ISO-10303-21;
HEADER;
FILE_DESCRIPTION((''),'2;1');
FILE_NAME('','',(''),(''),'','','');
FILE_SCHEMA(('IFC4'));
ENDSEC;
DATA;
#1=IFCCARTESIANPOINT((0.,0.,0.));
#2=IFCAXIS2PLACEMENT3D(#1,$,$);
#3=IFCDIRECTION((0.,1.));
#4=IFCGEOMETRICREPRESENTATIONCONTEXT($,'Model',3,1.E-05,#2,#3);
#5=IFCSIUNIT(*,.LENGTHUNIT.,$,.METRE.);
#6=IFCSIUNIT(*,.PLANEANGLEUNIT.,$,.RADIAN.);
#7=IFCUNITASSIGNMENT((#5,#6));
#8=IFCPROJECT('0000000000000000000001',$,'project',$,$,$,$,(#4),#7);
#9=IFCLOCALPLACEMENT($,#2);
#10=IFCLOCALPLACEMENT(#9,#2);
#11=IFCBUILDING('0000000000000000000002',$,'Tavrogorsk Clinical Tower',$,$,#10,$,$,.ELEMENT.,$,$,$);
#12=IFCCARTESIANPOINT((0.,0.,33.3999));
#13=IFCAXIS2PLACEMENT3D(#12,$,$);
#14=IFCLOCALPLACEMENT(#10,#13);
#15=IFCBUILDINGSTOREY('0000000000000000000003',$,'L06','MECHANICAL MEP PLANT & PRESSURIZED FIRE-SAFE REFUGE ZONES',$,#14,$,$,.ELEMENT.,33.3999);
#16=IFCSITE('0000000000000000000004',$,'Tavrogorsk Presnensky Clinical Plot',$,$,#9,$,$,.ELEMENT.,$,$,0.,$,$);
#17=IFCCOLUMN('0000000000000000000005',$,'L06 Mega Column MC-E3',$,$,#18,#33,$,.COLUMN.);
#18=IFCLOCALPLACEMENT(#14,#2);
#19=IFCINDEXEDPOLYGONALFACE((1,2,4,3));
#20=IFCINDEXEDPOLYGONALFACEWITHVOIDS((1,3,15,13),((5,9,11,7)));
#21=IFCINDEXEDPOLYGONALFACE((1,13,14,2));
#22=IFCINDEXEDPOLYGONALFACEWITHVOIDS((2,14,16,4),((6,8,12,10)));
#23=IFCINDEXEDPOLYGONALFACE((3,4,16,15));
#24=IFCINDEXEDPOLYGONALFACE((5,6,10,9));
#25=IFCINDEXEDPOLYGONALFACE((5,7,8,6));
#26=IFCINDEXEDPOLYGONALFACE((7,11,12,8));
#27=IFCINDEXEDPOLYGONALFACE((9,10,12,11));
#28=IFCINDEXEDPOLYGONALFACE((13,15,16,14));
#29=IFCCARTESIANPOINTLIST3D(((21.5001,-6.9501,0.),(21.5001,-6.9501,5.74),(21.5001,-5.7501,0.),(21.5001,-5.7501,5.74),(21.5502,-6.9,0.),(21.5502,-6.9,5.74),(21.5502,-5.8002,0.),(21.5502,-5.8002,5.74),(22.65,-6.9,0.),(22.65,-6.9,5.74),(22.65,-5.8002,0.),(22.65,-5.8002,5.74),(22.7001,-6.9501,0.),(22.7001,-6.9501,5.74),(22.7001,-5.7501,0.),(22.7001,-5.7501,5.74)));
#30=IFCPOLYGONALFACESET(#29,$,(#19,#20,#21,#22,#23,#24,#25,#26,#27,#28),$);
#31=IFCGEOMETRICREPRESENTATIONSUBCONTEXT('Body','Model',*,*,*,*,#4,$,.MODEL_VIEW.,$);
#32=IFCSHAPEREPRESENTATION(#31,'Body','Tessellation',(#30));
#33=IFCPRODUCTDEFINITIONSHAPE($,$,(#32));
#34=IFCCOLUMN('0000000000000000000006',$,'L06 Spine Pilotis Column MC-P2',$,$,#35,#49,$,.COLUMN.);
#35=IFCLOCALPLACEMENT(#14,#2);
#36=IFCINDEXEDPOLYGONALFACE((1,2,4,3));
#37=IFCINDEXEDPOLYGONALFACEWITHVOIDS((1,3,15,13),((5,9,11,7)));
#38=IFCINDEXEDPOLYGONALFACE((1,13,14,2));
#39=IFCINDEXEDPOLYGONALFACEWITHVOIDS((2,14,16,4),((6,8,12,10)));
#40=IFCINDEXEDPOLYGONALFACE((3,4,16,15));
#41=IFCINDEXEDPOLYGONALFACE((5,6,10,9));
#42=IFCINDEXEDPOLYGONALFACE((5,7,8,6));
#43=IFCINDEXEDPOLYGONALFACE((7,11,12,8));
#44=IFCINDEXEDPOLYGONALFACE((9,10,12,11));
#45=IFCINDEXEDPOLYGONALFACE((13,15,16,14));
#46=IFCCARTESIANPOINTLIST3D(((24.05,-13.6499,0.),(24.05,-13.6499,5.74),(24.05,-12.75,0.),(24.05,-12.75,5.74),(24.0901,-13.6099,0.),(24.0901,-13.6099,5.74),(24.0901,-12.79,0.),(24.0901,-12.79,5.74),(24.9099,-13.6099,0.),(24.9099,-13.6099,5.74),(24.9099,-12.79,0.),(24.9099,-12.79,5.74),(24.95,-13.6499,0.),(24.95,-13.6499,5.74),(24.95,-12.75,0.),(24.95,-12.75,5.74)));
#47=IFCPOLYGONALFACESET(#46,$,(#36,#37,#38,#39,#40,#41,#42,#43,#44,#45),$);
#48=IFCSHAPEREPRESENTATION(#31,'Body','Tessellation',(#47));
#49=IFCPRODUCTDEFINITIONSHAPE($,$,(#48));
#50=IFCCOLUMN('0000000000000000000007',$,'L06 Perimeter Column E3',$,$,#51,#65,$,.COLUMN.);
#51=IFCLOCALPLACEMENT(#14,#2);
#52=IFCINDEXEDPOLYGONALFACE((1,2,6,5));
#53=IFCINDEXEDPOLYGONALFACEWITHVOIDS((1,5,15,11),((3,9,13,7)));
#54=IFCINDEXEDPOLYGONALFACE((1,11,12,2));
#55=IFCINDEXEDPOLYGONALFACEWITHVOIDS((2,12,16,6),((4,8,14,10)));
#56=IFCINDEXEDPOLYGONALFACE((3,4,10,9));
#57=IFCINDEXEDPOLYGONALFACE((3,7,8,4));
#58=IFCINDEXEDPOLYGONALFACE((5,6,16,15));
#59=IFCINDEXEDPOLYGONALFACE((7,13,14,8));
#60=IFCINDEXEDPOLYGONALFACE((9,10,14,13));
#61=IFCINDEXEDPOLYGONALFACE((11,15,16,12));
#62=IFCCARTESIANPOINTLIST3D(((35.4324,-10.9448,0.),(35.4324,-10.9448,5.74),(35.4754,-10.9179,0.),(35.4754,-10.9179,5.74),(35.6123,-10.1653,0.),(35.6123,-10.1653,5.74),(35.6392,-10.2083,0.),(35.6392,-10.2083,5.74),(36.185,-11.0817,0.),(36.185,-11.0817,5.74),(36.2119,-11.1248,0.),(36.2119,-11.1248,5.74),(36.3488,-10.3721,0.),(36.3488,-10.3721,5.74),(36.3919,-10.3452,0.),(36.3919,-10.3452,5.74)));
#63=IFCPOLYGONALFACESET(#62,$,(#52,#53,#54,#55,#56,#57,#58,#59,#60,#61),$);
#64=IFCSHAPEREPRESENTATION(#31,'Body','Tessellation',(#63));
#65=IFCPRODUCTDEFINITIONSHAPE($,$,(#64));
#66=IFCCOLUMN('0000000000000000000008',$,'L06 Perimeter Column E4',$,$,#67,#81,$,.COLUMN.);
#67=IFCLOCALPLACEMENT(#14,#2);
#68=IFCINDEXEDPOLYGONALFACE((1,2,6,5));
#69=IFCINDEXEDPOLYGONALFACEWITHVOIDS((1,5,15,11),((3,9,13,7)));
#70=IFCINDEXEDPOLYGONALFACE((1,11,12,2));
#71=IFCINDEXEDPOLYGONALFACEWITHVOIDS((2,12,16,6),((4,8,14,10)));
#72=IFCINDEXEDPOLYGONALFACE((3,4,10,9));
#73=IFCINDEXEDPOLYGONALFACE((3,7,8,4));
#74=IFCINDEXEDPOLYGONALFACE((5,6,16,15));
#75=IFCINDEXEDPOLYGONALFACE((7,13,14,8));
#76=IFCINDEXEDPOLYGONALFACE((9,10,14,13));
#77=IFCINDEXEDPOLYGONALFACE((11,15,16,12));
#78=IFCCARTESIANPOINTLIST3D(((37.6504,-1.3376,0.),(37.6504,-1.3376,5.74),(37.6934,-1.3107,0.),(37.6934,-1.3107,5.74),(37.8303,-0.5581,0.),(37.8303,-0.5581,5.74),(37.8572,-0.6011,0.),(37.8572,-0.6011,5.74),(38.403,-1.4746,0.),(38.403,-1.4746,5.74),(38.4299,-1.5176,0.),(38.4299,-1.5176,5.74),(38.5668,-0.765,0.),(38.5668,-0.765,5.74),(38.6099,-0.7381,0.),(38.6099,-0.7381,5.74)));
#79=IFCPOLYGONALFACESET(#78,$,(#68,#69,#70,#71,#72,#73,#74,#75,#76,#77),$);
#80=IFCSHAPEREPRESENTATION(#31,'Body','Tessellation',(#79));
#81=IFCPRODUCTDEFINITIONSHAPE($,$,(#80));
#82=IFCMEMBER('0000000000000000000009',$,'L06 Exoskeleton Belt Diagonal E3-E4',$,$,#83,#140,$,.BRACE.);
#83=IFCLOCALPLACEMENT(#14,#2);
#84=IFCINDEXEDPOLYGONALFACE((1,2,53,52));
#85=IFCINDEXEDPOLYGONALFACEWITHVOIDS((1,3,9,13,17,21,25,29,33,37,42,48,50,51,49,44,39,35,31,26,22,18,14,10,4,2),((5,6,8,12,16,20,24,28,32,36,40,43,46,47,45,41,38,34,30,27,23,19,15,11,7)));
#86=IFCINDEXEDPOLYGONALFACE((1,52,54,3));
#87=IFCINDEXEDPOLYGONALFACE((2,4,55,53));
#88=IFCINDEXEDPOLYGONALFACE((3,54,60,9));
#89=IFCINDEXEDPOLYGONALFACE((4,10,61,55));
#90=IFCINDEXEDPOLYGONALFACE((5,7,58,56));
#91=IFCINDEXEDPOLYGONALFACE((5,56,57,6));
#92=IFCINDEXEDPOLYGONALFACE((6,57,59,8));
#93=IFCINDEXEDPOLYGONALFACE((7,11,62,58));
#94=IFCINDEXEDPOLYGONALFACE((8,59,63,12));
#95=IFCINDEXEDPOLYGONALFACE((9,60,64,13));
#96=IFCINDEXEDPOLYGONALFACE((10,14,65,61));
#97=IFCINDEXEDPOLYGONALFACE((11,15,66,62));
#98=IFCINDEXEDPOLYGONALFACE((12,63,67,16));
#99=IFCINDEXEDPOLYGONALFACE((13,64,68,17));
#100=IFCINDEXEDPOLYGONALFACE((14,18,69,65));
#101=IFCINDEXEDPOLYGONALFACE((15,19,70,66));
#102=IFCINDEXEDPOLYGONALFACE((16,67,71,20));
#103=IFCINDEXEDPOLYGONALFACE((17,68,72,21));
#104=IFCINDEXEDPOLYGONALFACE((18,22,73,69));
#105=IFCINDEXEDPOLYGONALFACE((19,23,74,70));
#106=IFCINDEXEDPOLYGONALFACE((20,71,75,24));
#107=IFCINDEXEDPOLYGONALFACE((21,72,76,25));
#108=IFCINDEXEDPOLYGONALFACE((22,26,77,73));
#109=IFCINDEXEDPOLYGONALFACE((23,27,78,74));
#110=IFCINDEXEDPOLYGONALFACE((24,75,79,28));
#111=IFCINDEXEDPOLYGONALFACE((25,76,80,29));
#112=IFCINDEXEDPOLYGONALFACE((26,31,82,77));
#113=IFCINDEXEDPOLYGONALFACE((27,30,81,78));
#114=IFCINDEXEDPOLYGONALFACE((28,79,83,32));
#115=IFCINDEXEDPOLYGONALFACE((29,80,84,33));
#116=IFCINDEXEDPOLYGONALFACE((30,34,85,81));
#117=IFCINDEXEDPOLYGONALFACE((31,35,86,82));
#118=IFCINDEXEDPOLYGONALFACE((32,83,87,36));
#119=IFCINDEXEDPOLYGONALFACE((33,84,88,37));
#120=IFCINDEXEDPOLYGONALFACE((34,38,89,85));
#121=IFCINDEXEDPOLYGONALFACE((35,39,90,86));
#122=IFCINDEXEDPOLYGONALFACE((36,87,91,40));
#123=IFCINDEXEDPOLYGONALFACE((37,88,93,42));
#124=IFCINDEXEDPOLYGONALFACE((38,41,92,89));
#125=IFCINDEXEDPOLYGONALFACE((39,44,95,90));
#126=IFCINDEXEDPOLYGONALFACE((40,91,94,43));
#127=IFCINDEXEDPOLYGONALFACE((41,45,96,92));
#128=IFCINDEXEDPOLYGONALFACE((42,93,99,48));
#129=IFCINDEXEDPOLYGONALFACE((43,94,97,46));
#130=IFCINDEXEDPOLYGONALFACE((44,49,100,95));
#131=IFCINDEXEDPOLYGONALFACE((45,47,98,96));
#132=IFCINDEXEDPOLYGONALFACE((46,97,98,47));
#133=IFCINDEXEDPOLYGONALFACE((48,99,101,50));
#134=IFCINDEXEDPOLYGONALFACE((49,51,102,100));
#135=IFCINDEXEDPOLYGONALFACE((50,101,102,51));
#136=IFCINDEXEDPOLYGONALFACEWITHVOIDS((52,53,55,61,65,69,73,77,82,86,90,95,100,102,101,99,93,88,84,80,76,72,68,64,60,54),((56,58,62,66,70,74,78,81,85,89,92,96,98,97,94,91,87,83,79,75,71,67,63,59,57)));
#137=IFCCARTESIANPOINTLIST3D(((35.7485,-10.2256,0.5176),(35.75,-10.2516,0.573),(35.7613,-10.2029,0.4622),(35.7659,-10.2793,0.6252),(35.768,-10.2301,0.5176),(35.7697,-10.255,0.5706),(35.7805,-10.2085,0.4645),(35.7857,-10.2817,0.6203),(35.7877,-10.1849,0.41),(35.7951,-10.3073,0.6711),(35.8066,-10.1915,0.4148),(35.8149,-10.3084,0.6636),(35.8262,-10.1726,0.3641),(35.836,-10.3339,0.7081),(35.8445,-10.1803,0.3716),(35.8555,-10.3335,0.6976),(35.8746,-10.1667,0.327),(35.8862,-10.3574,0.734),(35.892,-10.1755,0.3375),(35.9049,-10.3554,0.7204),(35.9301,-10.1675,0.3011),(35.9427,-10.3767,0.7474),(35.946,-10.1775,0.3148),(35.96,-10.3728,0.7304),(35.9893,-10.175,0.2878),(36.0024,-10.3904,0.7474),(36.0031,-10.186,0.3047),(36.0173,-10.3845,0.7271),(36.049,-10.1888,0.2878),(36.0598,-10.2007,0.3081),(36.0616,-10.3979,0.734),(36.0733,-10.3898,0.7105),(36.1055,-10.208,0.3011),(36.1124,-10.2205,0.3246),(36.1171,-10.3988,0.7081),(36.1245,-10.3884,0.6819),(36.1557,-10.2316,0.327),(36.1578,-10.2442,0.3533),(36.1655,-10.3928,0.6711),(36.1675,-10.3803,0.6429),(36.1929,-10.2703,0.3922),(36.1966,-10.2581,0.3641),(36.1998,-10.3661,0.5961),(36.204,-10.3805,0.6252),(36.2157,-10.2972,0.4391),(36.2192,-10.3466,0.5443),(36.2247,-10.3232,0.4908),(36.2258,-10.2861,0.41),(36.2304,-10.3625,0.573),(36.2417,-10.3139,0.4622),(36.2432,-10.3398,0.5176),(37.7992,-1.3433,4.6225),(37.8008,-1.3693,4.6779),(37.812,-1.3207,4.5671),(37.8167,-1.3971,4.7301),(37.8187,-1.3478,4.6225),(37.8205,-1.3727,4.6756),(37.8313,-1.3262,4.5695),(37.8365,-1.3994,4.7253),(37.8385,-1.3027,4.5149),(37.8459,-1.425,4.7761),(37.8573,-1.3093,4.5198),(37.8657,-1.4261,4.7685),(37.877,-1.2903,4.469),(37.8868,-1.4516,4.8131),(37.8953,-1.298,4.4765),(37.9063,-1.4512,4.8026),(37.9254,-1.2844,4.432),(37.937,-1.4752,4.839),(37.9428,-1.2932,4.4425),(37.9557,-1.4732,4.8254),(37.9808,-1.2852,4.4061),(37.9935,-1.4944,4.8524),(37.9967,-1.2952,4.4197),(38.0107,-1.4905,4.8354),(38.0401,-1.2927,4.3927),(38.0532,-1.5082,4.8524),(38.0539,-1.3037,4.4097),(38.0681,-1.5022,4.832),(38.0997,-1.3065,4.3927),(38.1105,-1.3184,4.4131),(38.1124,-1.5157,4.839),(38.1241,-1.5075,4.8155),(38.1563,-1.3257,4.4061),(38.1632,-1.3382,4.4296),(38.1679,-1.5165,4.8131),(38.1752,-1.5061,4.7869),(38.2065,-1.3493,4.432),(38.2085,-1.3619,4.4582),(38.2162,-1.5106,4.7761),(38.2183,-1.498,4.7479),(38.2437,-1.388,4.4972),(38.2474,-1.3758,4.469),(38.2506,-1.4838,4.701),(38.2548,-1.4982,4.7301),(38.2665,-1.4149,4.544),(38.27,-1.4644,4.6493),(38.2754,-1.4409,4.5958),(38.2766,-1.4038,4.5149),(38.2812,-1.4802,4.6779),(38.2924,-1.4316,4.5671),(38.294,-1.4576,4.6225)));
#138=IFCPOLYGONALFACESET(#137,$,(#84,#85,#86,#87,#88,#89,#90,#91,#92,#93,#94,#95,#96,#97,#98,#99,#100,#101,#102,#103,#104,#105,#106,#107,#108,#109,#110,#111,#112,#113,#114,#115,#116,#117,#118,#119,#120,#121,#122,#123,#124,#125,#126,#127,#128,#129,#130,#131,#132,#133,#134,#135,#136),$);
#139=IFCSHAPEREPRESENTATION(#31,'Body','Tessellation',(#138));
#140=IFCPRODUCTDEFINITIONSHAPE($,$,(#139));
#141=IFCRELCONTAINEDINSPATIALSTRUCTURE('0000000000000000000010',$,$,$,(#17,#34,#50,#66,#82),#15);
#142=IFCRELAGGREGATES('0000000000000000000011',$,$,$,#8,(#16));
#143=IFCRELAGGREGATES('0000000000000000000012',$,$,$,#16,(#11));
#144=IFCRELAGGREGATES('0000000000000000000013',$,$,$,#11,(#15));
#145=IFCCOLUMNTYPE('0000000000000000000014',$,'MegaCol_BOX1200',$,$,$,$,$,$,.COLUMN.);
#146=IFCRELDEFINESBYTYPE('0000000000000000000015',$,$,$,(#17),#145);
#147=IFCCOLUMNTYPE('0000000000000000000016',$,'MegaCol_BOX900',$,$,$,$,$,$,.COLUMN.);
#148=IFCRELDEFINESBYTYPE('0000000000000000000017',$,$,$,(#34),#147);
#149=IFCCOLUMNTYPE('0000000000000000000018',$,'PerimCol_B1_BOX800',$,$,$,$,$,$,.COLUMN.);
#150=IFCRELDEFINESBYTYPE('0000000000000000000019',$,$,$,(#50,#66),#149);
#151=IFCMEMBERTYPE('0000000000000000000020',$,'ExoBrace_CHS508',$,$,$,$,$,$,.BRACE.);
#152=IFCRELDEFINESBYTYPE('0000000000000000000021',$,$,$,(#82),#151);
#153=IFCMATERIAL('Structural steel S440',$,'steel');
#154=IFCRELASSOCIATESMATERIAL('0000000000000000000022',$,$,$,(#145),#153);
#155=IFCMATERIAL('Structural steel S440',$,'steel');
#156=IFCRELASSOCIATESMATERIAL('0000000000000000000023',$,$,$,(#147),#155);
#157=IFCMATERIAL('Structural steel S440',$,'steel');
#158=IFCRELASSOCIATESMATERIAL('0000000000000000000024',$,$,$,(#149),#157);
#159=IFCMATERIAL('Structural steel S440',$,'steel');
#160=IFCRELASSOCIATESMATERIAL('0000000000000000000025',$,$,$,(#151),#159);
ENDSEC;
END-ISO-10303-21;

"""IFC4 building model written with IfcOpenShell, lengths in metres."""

from ifc_helpers import new_model, si_unit, direction, frame, origin, origin_2d, place, context, subcontext, project, spatial, hollow_rectangle, hollow_circle, extrude, material, material_profile, profile_set, type_object, element, save


model = new_model("IFC4")

# Units and contexts
model_context = context("Model", 3, precision=1e-05, world=origin(), true_north=direction((0.0, 1.0)))
body_context = subcontext(model_context, "Body", "Model", "MODEL_VIEW")
ifc_project = project(units=[si_unit("LENGTHUNIT", "METRE"), si_unit("PLANEANGLEUNIT", "RADIAN")], contexts=[model_context])

# Site, building, storey
site_placement = place(None, origin())
site = spatial("IfcSite", under=ifc_project, at=site_placement, Name="Tavrogorsk Presnensky Clinical Plot", CompositionType="ELEMENT", RefElevation=0.0)
building_placement = place(site_placement, origin())
building = spatial("IfcBuilding", under=site, at=building_placement, Name="Tavrogorsk Clinical Tower", CompositionType="ELEMENT")
storey_placement = place(building_placement, frame((0.0, 0.0, 33.3999)))
storey = spatial("IfcBuildingStorey", under=building, at=storey_placement, Name="L06", Description="MECHANICAL MEP PLANT & PRESSURIZED FIRE-SAFE REFUGE ZONES", CompositionType="ELEMENT", Elevation=33.3999)

# Columns
ifc_material_1 = material(Name="Structural steel S440", Category="steel")
ifc_material_profile_1 = material_profile(ifc_material_1, hollow_rectangle(XDim=1.2, YDim=1.2, WallThickness=0.05, at=origin_2d()), Name="BOX-1200x1200x50")
ifc_profile_set_1 = profile_set([ifc_material_profile_1], Name="Structural steel S440")
column_type_1 = type_object("IfcColumnType", Name="MegaCol_BOX1200", PredefinedType="COLUMN", material=ifc_profile_set_1)
column_1_placement = place(storey_placement, frame((22.1001, -6.3501, 0.0), z_axis=(0.0, 0.0, 1.0), x_axis=(1.0, 0.0, 0.0)))
element("IfcColumn", 1, at=column_1_placement, inside=storey, type_object=column_type_1, Name="L06 Mega Column MC-E3", PredefinedType="COLUMN", context=body_context, shape_type="SweptSolid", body=[
    extrude(hollow_rectangle(XDim=1.2, YDim=1.2, WallThickness=0.05, at=origin_2d()), origin(), (0.0, 0.0, 1.0), 5.74),
])
ifc_material_2 = material(Name="Structural steel S440", Category="steel")
ifc_material_profile_2 = material_profile(ifc_material_2, hollow_rectangle(XDim=0.8999, YDim=0.8999, WallThickness=0.04, at=origin_2d()), Name="BOX-900x900x40")
ifc_profile_set_2 = profile_set([ifc_material_profile_2], Name="Structural steel S440")
column_type_2 = type_object("IfcColumnType", Name="MegaCol_BOX900", PredefinedType="COLUMN", material=ifc_profile_set_2)
column_2_placement = place(storey_placement, frame((24.5, -13.2, 0.0), z_axis=(0.0, 0.0, 1.0), x_axis=(1.0, 0.0, 0.0)))
element("IfcColumn", 2, at=column_2_placement, inside=storey, type_object=column_type_2, Name="L06 Spine Pilotis Column MC-P2", PredefinedType="COLUMN", context=body_context, shape_type="SweptSolid", body=[
    extrude(hollow_rectangle(XDim=0.8999, YDim=0.8999, WallThickness=0.04, at=origin_2d()), origin(), (0.0, 0.0, 1.0), 5.74),
])
ifc_material_3 = material(Name="Structural steel S440", Category="steel")
ifc_material_profile_3 = material_profile(ifc_material_3, hollow_rectangle(XDim=0.8, YDim=0.8, WallThickness=0.0359, at=origin_2d()), Name="BOX-800x800x36")
ifc_profile_set_3 = profile_set([ifc_material_profile_3], Name="Structural steel S440")
column_type_3 = type_object("IfcColumnType", Name="PerimCol_B1_BOX800", PredefinedType="COLUMN", material=ifc_profile_set_3)
for number, where, z_axis, x_axis, name in (
    (3, (35.9121, -10.645, 0.0), (0.0, 0.0, 1.0), (0.97437, -0.224951, 0.0), "L06 Perimeter Column E3"),
    (4, (38.1301, -1.0378, 0.0), (0.0, 0.0, 1.0), (0.97437, -0.224951, 0.0), "L06 Perimeter Column E4"),
):
    element("IfcColumn", number, at=place(storey_placement, frame(where, z_axis=z_axis, x_axis=x_axis)), inside=storey, type_object=column_type_3, Name=name, PredefinedType="COLUMN", context=body_context, shape_type="SweptSolid", body=[
        extrude(hollow_rectangle(XDim=0.8, YDim=0.8, WallThickness=0.0359, at=origin_2d()), origin(), (0.0, 0.0, 1.0), 5.74),
    ])

# Member
ifc_material_4 = material(Name="Structural steel S440", Category="steel")
ifc_material_profile_4 = material_profile(ifc_material_4, hollow_circle(Radius=0.2539, WallThickness=0.02, at=origin_2d()), Name="CHS-508x20")
ifc_profile_set_4 = profile_set([ifc_material_profile_4], Name="Structural steel S440")
member_type_1 = type_object("IfcMemberType", Name="ExoBrace_CHS508", PredefinedType="BRACE", material=ifc_profile_set_4)
for number, where, z_axis, x_axis, name in (
    (5, (35.9958, -10.2827, 0.5176), (0.205127, 0.888445, 0.410596), (-0.974367, 0.224965, 0.0), "L06 Exoskeleton Belt Diagonal E3-E4"),
):
    element("IfcMember", number, at=place(storey_placement, frame(where, z_axis=z_axis, x_axis=x_axis)), inside=storey, type_object=member_type_1, Name=name, PredefinedType="BRACE", context=body_context, shape_type="SweptSolid", body=[
        extrude(hollow_circle(Radius=0.2539, WallThickness=0.02, at=origin_2d()), origin(), (0.0, 0.0, 1.0), 9.9976),
    ])

save(model, "model.ifc")
